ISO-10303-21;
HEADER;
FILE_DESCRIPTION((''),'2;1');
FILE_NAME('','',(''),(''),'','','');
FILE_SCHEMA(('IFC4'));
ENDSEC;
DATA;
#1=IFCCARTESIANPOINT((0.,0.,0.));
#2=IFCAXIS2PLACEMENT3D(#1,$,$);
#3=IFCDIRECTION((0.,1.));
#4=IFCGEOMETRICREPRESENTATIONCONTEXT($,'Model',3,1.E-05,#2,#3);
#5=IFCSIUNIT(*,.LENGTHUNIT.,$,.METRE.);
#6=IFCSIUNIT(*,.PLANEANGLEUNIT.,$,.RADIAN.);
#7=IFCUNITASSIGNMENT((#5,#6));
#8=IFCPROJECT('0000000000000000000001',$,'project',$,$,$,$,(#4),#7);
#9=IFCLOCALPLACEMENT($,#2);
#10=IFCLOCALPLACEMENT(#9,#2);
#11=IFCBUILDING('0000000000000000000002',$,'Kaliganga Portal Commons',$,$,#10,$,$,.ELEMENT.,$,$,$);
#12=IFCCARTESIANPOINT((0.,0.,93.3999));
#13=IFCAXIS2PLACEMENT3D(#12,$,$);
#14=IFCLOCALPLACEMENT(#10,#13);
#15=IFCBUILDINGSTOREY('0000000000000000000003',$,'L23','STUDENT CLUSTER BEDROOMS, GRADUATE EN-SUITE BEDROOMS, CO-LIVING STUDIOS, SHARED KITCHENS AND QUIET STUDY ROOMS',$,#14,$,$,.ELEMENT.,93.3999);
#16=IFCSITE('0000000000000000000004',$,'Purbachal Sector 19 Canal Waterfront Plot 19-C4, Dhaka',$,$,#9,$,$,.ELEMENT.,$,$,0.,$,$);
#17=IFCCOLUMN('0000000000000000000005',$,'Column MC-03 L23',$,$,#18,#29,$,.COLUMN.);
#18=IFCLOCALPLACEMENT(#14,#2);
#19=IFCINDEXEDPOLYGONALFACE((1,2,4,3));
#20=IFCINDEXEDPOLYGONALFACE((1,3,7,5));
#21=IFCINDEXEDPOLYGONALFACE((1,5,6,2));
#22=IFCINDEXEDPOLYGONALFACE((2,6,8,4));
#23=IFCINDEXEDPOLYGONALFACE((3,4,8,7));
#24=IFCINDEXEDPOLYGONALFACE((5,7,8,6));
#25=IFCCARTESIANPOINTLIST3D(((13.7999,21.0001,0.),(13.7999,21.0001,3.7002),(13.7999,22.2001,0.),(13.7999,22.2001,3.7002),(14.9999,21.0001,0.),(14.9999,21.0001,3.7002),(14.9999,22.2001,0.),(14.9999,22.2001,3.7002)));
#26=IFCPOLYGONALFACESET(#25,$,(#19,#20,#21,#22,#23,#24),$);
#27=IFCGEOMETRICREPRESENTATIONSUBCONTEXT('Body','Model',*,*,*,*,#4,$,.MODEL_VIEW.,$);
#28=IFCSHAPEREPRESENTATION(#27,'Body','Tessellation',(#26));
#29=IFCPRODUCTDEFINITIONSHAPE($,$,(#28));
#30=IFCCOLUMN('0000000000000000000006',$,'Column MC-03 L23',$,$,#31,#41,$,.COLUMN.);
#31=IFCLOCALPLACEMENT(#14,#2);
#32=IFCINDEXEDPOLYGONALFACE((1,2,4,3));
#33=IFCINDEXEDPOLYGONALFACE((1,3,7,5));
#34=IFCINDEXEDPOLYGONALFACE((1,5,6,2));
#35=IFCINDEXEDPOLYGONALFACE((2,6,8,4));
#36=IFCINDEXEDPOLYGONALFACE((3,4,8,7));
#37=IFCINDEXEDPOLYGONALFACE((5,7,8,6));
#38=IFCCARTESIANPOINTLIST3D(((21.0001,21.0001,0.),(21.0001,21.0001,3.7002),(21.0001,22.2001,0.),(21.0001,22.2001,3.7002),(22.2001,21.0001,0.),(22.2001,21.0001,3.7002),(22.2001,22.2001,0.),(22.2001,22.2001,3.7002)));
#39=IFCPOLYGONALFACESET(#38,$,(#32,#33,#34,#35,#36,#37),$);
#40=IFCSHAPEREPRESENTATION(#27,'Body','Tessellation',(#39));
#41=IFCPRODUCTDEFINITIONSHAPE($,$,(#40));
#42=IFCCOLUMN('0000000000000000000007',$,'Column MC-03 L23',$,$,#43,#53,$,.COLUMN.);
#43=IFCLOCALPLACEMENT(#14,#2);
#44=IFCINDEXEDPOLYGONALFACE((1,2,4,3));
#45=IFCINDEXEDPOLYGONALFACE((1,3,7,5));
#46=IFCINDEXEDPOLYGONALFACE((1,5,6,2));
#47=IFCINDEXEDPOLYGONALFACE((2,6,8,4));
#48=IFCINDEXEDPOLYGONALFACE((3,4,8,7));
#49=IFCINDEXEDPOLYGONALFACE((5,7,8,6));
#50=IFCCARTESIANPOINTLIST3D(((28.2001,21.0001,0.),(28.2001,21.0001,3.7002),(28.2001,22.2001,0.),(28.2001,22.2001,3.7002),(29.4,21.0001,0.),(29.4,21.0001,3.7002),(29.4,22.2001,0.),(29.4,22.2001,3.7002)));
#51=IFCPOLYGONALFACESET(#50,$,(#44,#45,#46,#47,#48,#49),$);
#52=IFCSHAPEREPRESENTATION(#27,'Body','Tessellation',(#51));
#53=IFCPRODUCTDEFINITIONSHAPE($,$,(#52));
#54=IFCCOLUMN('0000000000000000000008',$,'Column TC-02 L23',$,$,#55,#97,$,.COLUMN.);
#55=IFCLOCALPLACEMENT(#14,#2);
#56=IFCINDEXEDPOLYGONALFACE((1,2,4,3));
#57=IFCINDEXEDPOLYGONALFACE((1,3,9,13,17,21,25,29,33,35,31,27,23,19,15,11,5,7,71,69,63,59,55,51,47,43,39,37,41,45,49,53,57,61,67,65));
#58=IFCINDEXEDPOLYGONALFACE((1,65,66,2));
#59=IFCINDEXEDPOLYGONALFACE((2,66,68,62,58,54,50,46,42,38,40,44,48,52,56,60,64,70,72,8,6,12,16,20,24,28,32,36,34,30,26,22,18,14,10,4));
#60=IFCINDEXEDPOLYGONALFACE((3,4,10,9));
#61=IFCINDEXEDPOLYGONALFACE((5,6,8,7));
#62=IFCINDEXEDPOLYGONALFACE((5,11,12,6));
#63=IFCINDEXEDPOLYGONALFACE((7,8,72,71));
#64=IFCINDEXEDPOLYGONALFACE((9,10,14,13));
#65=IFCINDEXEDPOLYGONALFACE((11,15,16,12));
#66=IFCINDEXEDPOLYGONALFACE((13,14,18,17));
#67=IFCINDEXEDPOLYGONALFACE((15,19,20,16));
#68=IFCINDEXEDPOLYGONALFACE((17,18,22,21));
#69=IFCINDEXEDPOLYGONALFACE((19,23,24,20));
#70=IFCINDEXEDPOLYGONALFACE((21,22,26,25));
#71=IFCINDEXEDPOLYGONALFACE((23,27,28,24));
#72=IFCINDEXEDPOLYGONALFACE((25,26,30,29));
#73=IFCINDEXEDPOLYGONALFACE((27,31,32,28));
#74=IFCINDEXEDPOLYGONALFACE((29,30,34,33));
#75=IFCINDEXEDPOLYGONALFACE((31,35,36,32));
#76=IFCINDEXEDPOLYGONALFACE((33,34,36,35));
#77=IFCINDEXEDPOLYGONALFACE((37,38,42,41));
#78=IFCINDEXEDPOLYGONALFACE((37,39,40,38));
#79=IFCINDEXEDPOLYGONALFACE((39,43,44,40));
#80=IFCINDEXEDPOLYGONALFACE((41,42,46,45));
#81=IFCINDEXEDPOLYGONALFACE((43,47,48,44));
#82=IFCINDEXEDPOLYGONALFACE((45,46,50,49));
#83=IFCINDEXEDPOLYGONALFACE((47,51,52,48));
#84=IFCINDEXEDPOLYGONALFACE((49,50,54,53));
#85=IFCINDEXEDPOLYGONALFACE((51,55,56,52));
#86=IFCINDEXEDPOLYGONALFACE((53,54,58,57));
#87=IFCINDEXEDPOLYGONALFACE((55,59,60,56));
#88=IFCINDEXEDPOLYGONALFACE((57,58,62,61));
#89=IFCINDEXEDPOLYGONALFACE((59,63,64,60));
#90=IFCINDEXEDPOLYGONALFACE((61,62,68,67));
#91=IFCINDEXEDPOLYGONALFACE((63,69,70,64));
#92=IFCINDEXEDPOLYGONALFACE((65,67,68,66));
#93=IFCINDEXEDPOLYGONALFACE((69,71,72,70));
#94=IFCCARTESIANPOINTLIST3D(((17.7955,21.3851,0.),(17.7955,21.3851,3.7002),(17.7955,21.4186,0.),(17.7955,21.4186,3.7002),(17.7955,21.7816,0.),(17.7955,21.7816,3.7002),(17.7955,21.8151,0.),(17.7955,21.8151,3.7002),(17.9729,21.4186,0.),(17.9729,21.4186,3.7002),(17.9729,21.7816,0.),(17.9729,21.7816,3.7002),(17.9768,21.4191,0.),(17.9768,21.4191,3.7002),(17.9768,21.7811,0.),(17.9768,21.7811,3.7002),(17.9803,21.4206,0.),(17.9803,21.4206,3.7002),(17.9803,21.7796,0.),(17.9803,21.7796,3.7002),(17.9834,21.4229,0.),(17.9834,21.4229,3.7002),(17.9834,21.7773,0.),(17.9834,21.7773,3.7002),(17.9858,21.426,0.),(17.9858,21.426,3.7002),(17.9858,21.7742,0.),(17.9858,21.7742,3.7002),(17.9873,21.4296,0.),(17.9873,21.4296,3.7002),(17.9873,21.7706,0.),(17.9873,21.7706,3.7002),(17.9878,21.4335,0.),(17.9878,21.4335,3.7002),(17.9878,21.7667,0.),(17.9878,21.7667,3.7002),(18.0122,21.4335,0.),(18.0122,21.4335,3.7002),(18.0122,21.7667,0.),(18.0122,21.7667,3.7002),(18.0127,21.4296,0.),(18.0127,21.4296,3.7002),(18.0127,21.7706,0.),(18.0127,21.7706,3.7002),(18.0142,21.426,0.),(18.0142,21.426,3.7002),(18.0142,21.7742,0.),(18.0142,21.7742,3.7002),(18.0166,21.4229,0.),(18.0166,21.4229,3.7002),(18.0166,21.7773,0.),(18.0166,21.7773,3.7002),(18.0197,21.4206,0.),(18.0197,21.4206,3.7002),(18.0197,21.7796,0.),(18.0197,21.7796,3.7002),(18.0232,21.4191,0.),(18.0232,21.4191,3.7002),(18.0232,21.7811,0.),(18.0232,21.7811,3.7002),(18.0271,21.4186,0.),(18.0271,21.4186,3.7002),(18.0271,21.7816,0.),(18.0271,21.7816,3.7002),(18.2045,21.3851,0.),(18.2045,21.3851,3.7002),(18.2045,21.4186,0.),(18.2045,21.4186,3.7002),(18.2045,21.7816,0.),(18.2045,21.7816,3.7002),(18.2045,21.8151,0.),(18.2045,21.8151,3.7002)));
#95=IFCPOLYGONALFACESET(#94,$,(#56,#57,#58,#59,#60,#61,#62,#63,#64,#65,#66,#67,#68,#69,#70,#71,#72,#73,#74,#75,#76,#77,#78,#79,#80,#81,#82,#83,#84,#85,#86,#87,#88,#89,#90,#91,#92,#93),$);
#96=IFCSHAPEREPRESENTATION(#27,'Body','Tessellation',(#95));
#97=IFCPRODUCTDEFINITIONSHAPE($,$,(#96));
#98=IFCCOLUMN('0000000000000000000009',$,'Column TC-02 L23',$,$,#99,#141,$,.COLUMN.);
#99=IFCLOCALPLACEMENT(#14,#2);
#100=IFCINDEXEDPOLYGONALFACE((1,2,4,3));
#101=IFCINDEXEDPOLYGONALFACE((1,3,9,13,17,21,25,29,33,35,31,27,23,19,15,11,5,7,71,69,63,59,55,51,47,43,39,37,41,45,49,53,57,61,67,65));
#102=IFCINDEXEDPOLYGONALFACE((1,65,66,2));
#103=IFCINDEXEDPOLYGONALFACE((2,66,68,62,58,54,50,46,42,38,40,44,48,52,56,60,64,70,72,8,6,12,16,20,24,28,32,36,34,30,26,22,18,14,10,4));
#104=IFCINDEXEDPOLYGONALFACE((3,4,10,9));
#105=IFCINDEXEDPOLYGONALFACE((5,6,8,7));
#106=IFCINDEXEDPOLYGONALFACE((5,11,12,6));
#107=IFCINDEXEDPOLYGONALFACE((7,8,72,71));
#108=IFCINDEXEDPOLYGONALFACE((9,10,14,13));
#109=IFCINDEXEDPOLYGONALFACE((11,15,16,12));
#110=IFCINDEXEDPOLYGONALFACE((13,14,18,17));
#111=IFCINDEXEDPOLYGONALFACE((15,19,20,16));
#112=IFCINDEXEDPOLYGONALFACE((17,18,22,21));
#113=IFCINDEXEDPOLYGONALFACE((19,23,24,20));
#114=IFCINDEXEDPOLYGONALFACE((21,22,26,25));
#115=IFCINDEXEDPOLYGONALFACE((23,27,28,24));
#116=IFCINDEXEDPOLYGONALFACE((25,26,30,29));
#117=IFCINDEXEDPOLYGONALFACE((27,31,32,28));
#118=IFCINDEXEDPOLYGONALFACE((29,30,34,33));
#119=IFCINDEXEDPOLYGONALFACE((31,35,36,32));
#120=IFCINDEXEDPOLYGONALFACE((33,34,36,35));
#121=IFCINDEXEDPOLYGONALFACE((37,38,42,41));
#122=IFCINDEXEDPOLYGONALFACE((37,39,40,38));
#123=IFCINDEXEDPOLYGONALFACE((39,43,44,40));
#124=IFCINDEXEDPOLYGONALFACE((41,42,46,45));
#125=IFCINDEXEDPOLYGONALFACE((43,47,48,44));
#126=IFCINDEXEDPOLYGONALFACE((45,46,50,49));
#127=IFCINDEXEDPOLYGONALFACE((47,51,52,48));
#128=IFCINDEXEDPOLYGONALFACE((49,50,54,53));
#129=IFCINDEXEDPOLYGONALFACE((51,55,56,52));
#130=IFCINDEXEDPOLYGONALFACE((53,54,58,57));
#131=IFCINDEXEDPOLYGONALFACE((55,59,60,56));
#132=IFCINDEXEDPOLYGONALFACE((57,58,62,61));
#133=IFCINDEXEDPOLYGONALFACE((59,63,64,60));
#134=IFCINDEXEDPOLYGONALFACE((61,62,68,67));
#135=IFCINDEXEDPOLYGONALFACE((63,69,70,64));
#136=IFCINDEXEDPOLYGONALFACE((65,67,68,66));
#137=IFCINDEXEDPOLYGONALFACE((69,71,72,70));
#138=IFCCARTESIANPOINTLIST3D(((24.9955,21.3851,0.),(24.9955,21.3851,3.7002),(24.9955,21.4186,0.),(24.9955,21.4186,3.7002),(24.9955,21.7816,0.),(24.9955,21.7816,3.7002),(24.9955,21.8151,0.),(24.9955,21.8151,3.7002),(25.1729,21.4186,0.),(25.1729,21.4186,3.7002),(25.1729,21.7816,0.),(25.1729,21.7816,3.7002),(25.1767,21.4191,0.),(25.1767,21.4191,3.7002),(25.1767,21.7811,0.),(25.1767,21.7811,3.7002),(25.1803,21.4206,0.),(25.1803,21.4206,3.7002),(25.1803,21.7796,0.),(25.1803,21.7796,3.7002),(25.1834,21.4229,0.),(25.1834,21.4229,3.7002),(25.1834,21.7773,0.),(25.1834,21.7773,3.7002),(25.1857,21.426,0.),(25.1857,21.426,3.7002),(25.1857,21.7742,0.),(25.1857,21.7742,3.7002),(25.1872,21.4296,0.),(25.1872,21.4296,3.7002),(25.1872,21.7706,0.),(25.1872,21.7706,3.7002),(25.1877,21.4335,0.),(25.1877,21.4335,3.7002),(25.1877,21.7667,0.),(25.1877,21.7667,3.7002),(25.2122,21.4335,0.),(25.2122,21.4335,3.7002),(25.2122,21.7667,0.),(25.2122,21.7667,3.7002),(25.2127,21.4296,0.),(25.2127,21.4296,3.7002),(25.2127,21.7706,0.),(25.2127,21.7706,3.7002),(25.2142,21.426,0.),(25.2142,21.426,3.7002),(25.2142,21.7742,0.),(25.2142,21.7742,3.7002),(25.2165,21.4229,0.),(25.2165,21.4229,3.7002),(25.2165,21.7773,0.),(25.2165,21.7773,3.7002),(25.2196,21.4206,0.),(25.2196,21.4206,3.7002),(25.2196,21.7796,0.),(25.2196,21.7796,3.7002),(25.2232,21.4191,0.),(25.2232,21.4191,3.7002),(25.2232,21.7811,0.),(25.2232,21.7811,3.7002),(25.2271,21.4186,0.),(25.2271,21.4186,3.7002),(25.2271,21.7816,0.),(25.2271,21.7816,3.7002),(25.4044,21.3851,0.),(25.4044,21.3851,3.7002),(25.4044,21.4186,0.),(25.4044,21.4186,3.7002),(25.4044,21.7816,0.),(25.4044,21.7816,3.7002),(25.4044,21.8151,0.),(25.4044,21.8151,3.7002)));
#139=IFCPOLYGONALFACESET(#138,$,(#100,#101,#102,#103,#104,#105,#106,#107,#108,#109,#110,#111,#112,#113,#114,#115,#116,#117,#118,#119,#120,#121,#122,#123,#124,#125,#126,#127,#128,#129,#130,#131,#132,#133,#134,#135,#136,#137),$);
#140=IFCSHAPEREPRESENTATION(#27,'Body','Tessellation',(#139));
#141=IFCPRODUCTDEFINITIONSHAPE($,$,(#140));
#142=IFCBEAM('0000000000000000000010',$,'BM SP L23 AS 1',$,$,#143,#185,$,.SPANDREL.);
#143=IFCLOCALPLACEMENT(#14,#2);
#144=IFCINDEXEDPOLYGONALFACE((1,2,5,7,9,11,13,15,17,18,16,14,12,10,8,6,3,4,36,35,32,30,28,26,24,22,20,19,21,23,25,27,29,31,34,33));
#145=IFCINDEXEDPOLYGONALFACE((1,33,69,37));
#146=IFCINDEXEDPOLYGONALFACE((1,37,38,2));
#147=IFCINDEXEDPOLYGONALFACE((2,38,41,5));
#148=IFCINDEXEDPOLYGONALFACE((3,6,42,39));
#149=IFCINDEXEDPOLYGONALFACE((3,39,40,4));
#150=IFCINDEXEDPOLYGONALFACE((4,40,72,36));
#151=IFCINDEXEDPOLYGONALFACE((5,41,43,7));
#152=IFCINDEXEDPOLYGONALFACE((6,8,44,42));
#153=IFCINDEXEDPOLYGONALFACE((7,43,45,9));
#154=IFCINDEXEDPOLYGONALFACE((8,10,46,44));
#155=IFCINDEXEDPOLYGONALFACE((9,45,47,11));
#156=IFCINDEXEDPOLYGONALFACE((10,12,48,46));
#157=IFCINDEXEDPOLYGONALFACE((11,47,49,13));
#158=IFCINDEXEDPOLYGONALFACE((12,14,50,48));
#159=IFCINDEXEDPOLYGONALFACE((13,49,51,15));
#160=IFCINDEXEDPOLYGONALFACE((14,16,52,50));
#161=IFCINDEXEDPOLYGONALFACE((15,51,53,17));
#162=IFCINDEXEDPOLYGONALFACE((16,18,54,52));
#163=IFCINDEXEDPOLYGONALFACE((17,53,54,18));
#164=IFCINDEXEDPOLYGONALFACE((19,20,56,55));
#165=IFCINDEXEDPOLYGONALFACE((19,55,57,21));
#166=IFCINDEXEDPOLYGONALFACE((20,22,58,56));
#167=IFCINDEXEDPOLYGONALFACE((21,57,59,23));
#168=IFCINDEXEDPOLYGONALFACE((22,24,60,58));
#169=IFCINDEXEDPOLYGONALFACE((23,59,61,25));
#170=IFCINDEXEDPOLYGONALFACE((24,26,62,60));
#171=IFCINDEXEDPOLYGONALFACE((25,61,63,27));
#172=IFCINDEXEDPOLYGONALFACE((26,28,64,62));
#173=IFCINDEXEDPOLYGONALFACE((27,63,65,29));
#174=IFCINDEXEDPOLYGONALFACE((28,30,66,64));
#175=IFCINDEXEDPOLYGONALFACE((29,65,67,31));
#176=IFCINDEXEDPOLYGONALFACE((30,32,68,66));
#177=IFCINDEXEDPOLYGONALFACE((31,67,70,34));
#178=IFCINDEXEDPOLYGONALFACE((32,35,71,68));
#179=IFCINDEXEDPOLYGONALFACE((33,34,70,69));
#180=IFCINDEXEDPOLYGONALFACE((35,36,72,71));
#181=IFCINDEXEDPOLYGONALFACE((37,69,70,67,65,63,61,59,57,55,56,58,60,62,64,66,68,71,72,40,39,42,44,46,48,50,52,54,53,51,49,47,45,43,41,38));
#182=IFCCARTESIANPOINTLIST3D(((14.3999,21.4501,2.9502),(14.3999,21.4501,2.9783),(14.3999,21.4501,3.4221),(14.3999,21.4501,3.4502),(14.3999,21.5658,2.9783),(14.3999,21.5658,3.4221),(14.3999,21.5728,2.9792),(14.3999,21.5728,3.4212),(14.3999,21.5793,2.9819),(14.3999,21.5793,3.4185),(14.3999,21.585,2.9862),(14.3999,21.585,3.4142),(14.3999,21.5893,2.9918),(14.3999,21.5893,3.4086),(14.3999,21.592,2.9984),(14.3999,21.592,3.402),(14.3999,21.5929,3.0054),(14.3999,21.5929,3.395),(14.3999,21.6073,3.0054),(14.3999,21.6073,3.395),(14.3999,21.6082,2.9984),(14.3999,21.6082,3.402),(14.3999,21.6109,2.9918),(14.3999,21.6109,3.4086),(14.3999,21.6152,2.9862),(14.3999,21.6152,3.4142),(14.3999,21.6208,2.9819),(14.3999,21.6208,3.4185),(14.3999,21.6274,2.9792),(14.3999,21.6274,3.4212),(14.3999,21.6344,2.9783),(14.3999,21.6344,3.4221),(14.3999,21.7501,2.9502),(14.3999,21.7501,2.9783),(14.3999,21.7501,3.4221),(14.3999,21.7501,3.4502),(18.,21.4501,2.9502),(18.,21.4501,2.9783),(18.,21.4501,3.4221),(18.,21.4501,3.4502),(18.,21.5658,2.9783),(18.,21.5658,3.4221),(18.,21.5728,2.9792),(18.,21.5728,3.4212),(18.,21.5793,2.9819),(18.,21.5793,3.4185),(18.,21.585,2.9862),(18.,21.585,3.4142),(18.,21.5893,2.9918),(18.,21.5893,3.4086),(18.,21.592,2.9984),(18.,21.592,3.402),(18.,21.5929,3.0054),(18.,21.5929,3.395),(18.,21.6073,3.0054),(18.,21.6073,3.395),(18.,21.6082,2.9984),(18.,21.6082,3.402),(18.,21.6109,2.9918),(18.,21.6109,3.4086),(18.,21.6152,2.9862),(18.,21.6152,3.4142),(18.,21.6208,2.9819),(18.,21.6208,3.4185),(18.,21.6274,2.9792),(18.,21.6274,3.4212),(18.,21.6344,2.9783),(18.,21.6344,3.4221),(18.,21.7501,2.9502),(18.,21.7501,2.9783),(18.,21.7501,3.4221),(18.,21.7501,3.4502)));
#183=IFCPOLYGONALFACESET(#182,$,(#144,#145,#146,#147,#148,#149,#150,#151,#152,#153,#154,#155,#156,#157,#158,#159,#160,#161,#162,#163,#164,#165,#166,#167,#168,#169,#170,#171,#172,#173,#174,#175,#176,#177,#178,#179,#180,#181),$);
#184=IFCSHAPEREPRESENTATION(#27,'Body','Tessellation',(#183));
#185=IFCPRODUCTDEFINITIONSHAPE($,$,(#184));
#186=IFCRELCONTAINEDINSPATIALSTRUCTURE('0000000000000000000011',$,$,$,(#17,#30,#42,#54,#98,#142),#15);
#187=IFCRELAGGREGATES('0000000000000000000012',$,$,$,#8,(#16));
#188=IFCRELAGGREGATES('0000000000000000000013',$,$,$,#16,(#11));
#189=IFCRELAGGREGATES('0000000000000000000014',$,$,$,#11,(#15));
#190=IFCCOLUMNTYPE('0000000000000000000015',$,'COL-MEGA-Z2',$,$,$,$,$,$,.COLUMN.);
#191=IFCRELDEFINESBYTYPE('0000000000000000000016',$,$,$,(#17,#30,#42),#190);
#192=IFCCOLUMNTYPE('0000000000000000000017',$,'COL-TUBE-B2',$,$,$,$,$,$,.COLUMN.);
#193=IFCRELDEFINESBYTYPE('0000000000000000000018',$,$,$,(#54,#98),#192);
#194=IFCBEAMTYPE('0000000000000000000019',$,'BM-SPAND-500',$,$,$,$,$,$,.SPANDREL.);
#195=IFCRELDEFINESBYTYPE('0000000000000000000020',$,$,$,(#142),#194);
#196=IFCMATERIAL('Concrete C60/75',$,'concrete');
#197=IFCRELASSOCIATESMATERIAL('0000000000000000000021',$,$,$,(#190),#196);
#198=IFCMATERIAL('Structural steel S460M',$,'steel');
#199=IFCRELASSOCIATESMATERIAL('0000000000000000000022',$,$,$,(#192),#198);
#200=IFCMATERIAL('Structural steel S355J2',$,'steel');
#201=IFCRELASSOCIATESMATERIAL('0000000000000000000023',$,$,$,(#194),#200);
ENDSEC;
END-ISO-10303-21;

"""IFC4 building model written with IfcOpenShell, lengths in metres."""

from ifc_helpers import new_model, si_unit, direction, frame, origin, origin_2d, place, context, subcontext, project, spatial, rectangle, i_section, extrude, source, transform, mapped, material, material_profile, profile_set, type_object, element, save


model = new_model("IFC4")

# Units and contexts
model_context = context("Model", 3, precision=1e-05, world=origin(), true_north=direction((0.0, 1.0)))
body_context = subcontext(model_context, "Body", "Model", "MODEL_VIEW")
ifc_project = project(units=[si_unit("LENGTHUNIT", "METRE"), si_unit("PLANEANGLEUNIT", "RADIAN")], contexts=[model_context])

# Site, building, storey
site_placement = place(None, origin())
site = spatial("IfcSite", under=ifc_project, at=site_placement, Name="Purbachal Sector 19 Canal Waterfront Plot 19-C4, Dhaka", CompositionType="ELEMENT", RefElevation=0.0)
building_placement = place(site_placement, origin())
building = spatial("IfcBuilding", under=site, at=building_placement, Name="Kaliganga Portal Commons", CompositionType="ELEMENT")
storey_placement = place(building_placement, frame((0.0, 0.0, 93.3999)))
storey = spatial("IfcBuildingStorey", under=building, at=storey_placement, Name="L23", Description="STUDENT CLUSTER BEDROOMS, GRADUATE EN-SUITE BEDROOMS, CO-LIVING STUDIOS, SHARED KITCHENS AND QUIET STUDY ROOMS", CompositionType="ELEMENT", Elevation=93.3999)

# Columns
ifc_material_1 = material(Name="Concrete C60/75", Category="concrete")
ifc_material_profile_1 = material_profile(ifc_material_1, rectangle(XDim=1.2, YDim=1.2, at=origin_2d()), Name="RC 1200x1200")
ifc_profile_set_1 = profile_set([ifc_material_profile_1], Name="Concrete C60/75")
column_type_1 = type_object("IfcColumnType", Name="COL-MEGA-Z2", PredefinedType="COLUMN", material=ifc_profile_set_1)
shared_shape_1 = source(origin(), body_context, "Body", "SweptSolid", [
    extrude(rectangle(XDim=1.2, YDim=1.2, at=origin_2d()), origin(), (0.0, 0.0, 1.0), 3.7002),
])
for number, where, z_axis, x_axis, name in (
    (1, (14.3999, 21.6001, 0.0), (0.0, 0.0, 1.0), (1.0, 0.0, 0.0), "Column MC-03 L23"),
    (2, (21.6001, 21.6001, 0.0), (0.0, 0.0, 1.0), (1.0, 0.0, 0.0), "Column MC-03 L23"),
    (3, (28.8, 21.6001, 0.0), (0.0, 0.0, 1.0), (1.0, 0.0, 0.0), "Column MC-03 L23"),
):
    element("IfcColumn", number, at=place(storey_placement, frame(where, z_axis=z_axis, x_axis=x_axis)), inside=storey, type_object=column_type_1, Name=name, PredefinedType="COLUMN", context=body_context, shape_type="MappedRepresentation", body=[
        mapped(shared_shape_1, transform((0.0, 0.0, 0.0), x_axis=(1.0, 0.0, 0.0), y_axis=(0.0, 1.0, 0.0), z_axis=(0.0, 0.0, 1.0), scale=1.0)),
    ])
ifc_material_2 = material(Name="Structural steel S460M", Category="steel")
ifc_material_profile_2 = material_profile(ifc_material_2, i_section(OverallWidth=0.4089, OverallDepth=0.4299, WebThickness=0.0244, FlangeThickness=0.0334, FilletRadius=0.0149, at=origin_2d()), Name="HD 400x421")
ifc_profile_set_2 = profile_set([ifc_material_profile_2], Name="Structural steel S460M wide-flange")
column_type_2 = type_object("IfcColumnType", Name="COL-TUBE-B2", PredefinedType="COLUMN", material=ifc_profile_set_2)
shared_shape_2 = source(origin(), body_context, "Body", "SweptSolid", [
    extrude(i_section(OverallWidth=0.4089, OverallDepth=0.4299, WebThickness=0.0244, FlangeThickness=0.0334, FilletRadius=0.0149, at=origin_2d()), origin(), (0.0, 0.0, 1.0), 3.7002),
])
for number, where, z_axis, x_axis, name in (
    (4, (18.0, 21.6001, 0.0), (0.0, 0.0, 1.0), (1.0, 0.0, 0.0), "Column TC-02 L23"),
    (5, (25.2, 21.6001, 0.0), (0.0, 0.0, 1.0), (1.0, 0.0, 0.0), "Column TC-02 L23"),
):
    element("IfcColumn", number, at=place(storey_placement, frame(where, z_axis=z_axis, x_axis=x_axis)), inside=storey, type_object=column_type_2, Name=name, PredefinedType="COLUMN", context=body_context, shape_type="MappedRepresentation", body=[
        mapped(shared_shape_2, transform((0.0, 0.0, 0.0), x_axis=(1.0, 0.0, 0.0), y_axis=(0.0, 1.0, 0.0), z_axis=(0.0, 0.0, 1.0), scale=1.0)),
    ])

# Beam
ifc_material_3 = material(Name="Structural steel S355J2", Category="steel")
ifc_material_profile_3 = material_profile(ifc_material_3, i_section(OverallWidth=0.3, OverallDepth=0.5, WebThickness=0.0144, FlangeThickness=0.0281, FilletRadius=0.0271, at=origin_2d()), Name="HE 500 B")
ifc_profile_set_3 = profile_set([ifc_material_profile_3], Name="Structural steel S355J2 wide-flange")
beam_type_1 = type_object("IfcBeamType", Name="BM-SPAND-500", PredefinedType="SPANDREL", material=ifc_profile_set_3)
shared_shape_3 = source(origin(), body_context, "Body", "SweptSolid", [
    extrude(i_section(OverallWidth=0.3, OverallDepth=0.5, WebThickness=0.0144, FlangeThickness=0.0281, FilletRadius=0.0271, at=origin_2d()), origin(), (0.0, 0.0, 1.0), 3.6001),
])
for number, where, z_axis, x_axis, name in (
    (6, (14.3999, 21.6001, 3.2002), (1.0, 0.0, 0.0), (0.0, 1.0, 0.0), "BM SP L23 AS 1"),
):
    element("IfcBeam", number, at=place(storey_placement, frame(where, z_axis=z_axis, x_axis=x_axis)), inside=storey, type_object=beam_type_1, Name=name, PredefinedType="SPANDREL", context=body_context, shape_type="MappedRepresentation", body=[
        mapped(shared_shape_3, transform((0.0, 0.0, 0.0), x_axis=(1.0, 0.0, 0.0), y_axis=(0.0, 1.0, 0.0), z_axis=(0.0, 0.0, 1.0), scale=1.0)),
    ])

save(model, "model.ifc")
